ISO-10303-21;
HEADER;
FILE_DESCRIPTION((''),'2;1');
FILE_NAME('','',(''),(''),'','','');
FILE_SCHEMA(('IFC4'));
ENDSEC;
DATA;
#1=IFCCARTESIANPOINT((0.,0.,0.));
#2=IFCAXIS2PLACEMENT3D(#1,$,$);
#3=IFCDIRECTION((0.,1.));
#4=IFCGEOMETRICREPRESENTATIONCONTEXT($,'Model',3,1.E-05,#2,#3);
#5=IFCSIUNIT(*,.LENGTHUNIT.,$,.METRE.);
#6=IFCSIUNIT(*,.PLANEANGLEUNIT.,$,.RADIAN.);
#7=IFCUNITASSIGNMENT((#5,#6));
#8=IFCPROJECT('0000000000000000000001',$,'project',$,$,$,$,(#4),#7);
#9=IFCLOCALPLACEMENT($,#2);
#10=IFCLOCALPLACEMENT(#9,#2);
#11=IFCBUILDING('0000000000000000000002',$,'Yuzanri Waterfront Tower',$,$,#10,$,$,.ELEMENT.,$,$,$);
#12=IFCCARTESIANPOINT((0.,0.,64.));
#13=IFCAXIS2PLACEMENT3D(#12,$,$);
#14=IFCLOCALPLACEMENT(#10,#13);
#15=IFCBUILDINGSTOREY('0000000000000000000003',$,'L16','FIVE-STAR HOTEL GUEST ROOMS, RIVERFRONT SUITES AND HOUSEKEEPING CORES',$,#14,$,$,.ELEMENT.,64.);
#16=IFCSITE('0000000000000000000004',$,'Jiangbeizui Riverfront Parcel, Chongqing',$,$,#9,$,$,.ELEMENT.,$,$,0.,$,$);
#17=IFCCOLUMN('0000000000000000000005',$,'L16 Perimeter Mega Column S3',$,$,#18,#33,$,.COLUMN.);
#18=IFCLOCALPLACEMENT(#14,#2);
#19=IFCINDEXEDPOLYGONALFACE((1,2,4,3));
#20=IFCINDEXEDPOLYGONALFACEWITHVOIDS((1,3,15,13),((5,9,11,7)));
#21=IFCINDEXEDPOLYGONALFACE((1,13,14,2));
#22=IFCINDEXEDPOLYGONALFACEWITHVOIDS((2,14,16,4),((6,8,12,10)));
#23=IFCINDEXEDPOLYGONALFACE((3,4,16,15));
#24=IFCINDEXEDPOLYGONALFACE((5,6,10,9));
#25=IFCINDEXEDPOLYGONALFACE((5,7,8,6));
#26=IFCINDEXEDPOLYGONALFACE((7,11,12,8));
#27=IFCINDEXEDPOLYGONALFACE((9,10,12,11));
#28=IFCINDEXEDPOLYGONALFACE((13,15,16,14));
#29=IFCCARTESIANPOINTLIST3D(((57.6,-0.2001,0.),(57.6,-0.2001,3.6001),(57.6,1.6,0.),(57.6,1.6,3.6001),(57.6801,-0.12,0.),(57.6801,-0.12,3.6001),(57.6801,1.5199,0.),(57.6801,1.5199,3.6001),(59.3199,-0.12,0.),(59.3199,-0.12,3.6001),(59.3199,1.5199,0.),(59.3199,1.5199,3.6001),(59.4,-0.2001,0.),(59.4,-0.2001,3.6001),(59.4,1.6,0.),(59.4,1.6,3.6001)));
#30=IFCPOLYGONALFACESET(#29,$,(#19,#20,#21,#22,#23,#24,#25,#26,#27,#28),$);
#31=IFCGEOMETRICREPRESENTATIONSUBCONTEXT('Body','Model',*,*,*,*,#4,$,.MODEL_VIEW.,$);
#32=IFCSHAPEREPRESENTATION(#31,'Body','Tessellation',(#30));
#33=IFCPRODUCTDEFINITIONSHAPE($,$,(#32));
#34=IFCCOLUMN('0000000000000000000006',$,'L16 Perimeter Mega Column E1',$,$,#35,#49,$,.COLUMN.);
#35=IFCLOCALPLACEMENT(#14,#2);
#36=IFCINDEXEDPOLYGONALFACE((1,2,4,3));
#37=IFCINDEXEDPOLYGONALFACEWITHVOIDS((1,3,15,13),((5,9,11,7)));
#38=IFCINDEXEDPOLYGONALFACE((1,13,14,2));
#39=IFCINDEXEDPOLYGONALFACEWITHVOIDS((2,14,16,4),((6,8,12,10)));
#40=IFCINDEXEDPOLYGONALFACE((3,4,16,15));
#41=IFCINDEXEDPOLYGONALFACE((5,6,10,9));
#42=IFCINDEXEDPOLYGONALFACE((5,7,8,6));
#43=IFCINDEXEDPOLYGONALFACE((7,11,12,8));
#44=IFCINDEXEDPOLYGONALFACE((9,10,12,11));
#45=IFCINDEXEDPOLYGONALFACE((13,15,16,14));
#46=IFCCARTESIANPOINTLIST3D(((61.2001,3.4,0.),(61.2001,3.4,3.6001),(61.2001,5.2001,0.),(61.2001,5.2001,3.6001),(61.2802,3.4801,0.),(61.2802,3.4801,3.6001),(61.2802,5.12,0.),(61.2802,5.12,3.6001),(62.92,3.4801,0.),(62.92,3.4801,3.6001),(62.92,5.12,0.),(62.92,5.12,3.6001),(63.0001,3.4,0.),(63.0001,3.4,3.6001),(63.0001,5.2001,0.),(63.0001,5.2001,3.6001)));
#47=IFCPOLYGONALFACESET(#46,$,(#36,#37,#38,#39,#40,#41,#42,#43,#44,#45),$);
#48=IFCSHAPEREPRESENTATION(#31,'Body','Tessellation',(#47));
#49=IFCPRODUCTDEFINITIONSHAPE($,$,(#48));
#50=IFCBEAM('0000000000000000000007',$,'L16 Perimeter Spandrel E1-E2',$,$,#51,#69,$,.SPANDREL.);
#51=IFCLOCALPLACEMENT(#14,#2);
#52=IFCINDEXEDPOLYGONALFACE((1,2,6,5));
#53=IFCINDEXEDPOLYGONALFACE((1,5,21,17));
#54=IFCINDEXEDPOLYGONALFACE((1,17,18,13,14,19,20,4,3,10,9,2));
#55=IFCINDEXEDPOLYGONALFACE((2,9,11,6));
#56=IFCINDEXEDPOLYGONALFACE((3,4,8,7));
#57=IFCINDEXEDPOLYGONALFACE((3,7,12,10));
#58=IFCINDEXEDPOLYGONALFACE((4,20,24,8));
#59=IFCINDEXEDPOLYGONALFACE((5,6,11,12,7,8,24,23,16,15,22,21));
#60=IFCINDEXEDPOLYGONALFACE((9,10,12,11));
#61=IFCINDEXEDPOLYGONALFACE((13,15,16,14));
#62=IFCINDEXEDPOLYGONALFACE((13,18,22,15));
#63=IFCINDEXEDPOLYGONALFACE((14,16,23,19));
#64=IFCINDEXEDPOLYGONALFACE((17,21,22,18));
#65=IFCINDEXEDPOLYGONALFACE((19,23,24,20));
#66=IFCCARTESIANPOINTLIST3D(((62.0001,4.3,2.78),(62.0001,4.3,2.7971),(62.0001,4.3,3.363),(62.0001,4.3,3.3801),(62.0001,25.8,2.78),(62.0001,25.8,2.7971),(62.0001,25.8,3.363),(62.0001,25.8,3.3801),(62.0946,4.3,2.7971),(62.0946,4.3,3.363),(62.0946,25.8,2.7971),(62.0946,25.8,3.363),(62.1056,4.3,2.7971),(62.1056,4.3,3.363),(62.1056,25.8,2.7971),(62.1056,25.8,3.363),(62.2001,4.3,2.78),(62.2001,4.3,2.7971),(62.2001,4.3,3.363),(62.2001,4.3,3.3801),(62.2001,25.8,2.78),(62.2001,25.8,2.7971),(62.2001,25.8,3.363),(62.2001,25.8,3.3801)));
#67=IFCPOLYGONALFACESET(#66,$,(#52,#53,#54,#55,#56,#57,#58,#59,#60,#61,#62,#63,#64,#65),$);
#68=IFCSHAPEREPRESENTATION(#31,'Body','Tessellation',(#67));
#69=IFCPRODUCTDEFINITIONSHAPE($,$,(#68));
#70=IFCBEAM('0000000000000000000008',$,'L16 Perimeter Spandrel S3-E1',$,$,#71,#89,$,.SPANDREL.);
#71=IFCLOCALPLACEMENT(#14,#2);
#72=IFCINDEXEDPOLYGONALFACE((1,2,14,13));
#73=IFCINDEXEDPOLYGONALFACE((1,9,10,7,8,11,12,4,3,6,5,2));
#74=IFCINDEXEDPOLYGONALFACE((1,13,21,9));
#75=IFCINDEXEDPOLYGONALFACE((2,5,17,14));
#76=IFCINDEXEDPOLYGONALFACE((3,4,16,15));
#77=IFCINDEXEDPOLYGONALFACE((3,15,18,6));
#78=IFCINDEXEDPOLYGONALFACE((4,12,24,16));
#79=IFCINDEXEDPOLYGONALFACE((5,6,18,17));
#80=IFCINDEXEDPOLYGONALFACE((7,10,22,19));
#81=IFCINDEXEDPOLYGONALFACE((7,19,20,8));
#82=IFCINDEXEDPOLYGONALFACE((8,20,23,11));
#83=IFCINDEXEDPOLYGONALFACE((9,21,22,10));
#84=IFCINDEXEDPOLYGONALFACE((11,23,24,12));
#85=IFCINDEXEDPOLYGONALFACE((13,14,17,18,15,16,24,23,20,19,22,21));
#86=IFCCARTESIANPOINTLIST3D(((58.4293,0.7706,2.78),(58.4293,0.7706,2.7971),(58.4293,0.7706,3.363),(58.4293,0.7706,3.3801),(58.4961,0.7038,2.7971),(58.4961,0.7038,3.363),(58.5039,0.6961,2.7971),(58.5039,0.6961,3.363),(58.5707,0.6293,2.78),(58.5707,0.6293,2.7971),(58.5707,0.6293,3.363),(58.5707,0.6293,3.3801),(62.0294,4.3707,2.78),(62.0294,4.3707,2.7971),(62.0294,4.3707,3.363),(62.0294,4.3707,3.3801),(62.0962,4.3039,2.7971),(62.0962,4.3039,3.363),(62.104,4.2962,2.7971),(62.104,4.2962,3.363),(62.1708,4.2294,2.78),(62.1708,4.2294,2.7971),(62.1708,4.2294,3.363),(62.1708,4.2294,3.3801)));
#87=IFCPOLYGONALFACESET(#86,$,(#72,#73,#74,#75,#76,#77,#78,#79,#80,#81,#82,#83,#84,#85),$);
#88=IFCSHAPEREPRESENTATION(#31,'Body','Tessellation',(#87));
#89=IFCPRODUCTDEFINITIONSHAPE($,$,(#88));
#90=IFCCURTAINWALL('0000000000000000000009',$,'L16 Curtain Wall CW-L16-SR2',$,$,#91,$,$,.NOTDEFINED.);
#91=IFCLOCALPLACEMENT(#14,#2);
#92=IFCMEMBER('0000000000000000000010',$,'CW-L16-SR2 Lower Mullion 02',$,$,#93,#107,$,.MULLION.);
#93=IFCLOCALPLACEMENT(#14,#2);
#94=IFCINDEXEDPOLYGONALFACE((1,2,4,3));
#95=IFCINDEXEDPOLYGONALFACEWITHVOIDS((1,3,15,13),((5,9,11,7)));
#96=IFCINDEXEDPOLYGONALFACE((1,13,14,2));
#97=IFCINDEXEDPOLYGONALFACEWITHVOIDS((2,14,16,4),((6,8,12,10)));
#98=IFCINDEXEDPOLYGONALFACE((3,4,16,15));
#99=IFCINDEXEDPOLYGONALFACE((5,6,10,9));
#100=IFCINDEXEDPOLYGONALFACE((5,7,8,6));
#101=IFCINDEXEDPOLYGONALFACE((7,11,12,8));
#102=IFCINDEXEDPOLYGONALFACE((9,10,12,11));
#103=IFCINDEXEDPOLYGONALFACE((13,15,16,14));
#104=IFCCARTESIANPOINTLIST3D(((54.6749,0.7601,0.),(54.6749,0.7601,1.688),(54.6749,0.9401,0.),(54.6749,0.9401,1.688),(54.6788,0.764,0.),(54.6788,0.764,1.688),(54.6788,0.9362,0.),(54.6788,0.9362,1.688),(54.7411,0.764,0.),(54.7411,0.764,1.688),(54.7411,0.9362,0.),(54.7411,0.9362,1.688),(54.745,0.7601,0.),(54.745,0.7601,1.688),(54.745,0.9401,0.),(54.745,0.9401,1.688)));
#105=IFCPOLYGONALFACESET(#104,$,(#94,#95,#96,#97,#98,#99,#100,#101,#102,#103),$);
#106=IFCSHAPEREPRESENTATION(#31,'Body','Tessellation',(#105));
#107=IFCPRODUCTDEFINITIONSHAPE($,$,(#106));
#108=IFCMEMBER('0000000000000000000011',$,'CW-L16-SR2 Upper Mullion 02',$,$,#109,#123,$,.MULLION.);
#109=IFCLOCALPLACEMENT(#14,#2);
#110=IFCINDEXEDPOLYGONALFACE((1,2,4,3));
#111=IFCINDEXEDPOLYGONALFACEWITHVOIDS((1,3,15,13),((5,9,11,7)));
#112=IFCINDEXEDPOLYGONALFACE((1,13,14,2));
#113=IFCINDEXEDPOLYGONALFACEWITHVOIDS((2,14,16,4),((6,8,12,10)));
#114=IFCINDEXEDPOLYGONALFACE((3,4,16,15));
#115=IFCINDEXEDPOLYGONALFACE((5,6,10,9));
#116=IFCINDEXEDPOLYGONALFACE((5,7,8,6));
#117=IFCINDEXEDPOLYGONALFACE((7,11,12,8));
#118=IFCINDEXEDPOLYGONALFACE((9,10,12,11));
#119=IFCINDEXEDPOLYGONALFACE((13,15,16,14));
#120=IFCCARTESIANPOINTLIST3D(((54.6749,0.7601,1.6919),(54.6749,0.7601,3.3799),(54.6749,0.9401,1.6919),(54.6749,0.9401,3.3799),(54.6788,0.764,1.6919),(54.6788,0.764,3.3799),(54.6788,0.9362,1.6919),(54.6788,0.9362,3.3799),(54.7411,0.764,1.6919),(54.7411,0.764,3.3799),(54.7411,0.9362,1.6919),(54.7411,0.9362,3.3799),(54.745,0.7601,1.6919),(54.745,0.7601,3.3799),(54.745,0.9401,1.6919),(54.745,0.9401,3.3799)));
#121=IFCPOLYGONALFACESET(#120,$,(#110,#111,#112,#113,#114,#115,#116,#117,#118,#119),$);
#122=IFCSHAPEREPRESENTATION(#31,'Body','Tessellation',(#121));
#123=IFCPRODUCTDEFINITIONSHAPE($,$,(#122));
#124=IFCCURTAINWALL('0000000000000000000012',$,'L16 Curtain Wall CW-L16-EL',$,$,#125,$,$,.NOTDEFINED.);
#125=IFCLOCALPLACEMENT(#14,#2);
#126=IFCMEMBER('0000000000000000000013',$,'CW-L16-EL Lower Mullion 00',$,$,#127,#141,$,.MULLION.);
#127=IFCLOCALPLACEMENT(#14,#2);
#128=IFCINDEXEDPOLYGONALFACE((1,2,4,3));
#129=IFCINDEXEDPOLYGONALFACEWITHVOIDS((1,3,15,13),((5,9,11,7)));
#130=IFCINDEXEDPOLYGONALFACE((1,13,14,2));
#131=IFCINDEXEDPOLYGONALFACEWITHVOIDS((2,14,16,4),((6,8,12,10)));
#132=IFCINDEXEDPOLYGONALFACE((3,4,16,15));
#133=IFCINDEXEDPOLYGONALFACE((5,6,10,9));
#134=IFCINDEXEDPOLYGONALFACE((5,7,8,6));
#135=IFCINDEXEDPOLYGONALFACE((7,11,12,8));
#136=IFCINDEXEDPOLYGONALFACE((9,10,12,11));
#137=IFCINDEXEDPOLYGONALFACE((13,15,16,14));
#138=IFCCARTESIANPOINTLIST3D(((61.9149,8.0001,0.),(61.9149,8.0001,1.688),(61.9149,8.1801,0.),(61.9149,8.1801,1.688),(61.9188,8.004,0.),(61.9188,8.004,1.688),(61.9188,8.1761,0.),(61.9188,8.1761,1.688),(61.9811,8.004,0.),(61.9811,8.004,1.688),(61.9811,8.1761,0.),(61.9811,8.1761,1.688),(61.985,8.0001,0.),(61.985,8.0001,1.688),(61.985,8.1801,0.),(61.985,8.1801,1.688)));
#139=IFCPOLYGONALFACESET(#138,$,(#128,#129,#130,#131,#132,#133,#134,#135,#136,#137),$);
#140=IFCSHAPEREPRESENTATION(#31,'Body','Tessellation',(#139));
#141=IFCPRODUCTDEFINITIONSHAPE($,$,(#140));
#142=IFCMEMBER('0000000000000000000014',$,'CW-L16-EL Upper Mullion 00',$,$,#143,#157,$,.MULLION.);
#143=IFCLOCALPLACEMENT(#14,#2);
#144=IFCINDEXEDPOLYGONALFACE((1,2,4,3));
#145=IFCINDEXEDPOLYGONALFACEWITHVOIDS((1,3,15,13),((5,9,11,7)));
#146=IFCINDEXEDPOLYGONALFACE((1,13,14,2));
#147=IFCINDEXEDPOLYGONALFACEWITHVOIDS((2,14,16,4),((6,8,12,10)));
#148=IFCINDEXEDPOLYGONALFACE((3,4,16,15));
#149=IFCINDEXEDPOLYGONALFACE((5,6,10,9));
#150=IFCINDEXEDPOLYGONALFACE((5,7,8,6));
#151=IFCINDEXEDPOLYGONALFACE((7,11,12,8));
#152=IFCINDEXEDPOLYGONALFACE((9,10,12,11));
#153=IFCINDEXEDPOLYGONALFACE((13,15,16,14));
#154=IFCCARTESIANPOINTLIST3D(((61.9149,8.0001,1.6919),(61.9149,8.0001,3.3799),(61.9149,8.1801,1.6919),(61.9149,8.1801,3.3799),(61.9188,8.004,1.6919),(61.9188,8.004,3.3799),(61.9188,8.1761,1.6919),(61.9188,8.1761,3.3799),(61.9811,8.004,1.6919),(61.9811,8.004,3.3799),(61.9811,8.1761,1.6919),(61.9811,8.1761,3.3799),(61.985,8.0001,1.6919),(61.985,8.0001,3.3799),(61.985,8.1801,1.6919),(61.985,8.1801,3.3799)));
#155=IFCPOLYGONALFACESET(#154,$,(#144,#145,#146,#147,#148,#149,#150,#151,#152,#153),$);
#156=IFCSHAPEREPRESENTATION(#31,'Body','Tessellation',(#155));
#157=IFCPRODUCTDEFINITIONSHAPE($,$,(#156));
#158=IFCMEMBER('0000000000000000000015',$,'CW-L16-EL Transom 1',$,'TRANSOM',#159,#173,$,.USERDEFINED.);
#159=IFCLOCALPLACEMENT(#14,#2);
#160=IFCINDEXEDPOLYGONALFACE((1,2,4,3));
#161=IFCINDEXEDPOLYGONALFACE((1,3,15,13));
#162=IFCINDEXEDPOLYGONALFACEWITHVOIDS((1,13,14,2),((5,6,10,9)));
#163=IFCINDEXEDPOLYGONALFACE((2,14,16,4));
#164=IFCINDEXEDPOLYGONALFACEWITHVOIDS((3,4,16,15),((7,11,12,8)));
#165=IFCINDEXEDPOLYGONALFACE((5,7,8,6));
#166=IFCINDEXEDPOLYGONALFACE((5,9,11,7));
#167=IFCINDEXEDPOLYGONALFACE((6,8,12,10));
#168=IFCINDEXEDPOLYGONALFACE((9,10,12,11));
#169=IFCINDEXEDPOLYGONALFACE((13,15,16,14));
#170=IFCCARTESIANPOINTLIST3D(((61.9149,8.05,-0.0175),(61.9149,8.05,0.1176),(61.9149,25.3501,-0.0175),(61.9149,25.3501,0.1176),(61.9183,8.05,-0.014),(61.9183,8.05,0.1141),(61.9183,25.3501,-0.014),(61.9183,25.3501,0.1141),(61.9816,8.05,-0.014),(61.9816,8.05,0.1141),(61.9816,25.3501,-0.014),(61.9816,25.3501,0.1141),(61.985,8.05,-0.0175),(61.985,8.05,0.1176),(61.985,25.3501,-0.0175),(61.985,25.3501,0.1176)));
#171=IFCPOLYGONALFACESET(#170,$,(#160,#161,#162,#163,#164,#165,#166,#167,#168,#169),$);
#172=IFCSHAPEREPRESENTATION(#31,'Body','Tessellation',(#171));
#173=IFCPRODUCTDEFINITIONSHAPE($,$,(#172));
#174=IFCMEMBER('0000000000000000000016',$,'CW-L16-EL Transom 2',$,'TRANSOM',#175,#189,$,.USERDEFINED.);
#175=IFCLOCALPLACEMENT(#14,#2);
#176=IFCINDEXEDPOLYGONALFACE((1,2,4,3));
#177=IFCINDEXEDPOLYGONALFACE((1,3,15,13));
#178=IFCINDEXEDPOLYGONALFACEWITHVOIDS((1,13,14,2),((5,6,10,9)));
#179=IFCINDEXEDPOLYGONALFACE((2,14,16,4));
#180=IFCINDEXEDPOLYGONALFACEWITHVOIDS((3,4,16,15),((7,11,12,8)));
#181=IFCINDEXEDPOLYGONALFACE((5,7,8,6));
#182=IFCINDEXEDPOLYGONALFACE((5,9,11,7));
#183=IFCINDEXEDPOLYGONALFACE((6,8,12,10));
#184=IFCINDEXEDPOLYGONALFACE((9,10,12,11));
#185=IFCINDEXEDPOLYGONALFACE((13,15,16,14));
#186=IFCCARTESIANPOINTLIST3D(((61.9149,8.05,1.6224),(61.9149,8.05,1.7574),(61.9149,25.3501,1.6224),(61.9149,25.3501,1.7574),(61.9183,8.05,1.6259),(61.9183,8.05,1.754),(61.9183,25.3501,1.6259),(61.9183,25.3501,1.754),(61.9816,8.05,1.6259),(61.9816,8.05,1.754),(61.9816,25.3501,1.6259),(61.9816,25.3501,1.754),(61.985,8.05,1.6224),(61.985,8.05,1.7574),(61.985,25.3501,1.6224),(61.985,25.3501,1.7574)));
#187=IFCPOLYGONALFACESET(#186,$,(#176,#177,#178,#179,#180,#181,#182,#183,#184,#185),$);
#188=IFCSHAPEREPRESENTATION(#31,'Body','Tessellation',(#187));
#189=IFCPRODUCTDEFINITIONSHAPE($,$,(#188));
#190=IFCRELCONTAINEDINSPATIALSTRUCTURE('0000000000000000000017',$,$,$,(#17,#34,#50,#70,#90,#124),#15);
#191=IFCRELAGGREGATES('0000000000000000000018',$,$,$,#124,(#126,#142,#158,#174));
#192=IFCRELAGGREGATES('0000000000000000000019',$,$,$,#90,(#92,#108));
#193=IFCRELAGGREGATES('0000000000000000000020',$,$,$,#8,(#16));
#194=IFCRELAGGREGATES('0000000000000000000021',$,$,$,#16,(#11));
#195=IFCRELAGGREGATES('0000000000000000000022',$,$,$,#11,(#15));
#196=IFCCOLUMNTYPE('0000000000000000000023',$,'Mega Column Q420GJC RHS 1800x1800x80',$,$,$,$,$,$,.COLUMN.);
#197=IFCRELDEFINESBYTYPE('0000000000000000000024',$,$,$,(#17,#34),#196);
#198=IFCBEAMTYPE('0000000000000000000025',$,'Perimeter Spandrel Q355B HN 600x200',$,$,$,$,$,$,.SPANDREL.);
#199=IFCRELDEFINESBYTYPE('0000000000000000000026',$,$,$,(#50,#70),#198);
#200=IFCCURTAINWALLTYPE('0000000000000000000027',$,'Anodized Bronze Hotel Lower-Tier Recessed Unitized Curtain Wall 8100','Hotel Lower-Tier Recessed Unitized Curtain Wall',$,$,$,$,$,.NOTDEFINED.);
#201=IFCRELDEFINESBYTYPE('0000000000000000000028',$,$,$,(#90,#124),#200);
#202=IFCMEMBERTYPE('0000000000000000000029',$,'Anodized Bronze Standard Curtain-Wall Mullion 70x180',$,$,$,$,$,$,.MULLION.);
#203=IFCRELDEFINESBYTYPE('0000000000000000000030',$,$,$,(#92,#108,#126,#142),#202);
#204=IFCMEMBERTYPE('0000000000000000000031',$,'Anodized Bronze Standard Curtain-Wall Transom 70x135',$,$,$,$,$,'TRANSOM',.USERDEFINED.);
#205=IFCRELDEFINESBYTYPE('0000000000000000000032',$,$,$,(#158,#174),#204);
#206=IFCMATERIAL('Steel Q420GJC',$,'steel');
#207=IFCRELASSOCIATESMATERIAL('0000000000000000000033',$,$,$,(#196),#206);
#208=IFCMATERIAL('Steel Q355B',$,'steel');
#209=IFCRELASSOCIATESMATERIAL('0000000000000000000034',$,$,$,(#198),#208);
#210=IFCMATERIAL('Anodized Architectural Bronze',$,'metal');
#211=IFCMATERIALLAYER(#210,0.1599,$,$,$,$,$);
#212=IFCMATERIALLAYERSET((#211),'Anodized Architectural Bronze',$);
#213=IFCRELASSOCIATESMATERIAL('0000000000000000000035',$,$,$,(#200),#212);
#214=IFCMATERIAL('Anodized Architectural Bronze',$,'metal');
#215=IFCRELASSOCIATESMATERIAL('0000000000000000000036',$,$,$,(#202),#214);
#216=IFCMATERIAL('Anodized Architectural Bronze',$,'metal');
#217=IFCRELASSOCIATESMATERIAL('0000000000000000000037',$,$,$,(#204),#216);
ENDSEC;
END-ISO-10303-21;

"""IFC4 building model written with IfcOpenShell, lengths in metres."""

from ifc_helpers import new_model, si_unit, direction, frame, origin, origin_2d, place, context, subcontext, project, spatial, hollow_rectangle, i_section, extrude, source, transform, mapped, material, layer, layer_set, material_profile, profile_set, type_object, element, aggregate, save


model = new_model("IFC4")

# Units and contexts
model_context = context("Model", 3, precision=1e-05, world=origin(), true_north=direction((0.0, 1.0)))
body_context = subcontext(model_context, "Body", "Model", "MODEL_VIEW")
ifc_project = project(units=[si_unit("LENGTHUNIT", "METRE"), si_unit("PLANEANGLEUNIT", "RADIAN")], contexts=[model_context])

# Site, building, storey
site_placement = place(None, origin())
site = spatial("IfcSite", under=ifc_project, at=site_placement, Name="Jiangbeizui Riverfront Parcel, Chongqing", CompositionType="ELEMENT", RefElevation=0.0)
building_placement = place(site_placement, origin())
building = spatial("IfcBuilding", under=site, at=building_placement, Name="Yuzanri Waterfront Tower", CompositionType="ELEMENT")
storey_placement = place(building_placement, frame((0.0, 0.0, 64.0)))
storey = spatial("IfcBuildingStorey", under=building, at=storey_placement, Name="L16", Description="FIVE-STAR HOTEL GUEST ROOMS, RIVERFRONT SUITES AND HOUSEKEEPING CORES", CompositionType="ELEMENT", Elevation=64.0)

# Columns
ifc_material_1 = material(Name="Steel Q420GJC", Category="steel")
ifc_material_profile_1 = material_profile(ifc_material_1, hollow_rectangle(XDim=1.8, YDim=1.8, WallThickness=0.0801, at=origin_2d()), Name="RHS 1800x1800x80")
ifc_profile_set_1 = profile_set([ifc_material_profile_1], Name="Steel Q420GJC")
column_type = type_object("IfcColumnType", Name="Mega Column Q420GJC RHS 1800x1800x80", PredefinedType="COLUMN", material=ifc_profile_set_1)
shared_shape_1 = source(origin(), body_context, "Body", "SweptSolid", [
    extrude(hollow_rectangle(XDim=1.8, YDim=1.8, WallThickness=0.0801, at=origin_2d()), origin(), (0.0, 0.0, 1.0), 3.6001),
])
for number, where, z_axis, x_axis, name in (
    (1, (58.5, 0.7, 0.0), (0.0, 0.0, 1.0), (1.0, 0.0, 0.0), "L16 Perimeter Mega Column S3"),
    (2, (62.1001, 4.3, 0.0), (0.0, 0.0, 1.0), (1.0, 0.0, 0.0), "L16 Perimeter Mega Column E1"),
):
    element("IfcColumn", number, at=place(storey_placement, frame(where, z_axis=z_axis, x_axis=x_axis)), inside=storey, type_object=column_type, Name=name, PredefinedType="COLUMN", context=body_context, shape_type="MappedRepresentation", body=[
        mapped(shared_shape_1, transform((0.0, 0.0, 0.0), scale=1.0)),
    ])

# Beams
ifc_material_2 = material(Name="Steel Q355B", Category="steel")
ifc_material_profile_2 = material_profile(ifc_material_2, i_section(OverallWidth=0.2, OverallDepth=0.6001, WebThickness=0.011, FlangeThickness=0.0171, at=origin_2d()), Name="HN 600x200x11x17")
ifc_profile_set_2 = profile_set([ifc_material_profile_2], Name="Steel Q355B")
beam_type = type_object("IfcBeamType", Name="Perimeter Spandrel Q355B HN 600x200", PredefinedType="SPANDREL", material=ifc_profile_set_2)
shared_shape_2 = source(origin(), body_context, "Body", "SweptSolid", [
    extrude(i_section(OverallWidth=0.2, OverallDepth=0.6001, WebThickness=0.011, FlangeThickness=0.0171, at=origin_2d()), origin(), (0.0, 0.0, 1.0), 21.5),
])
beam_1_placement = place(storey_placement, frame((62.1001, 4.3, 3.0801), z_axis=(0.0, 1.0, 0.0), x_axis=(-1.0, 0.0, 0.0)))
element("IfcBeam", 3, at=beam_1_placement, inside=storey, type_object=beam_type, Name="L16 Perimeter Spandrel E1-E2", PredefinedType="SPANDREL", context=body_context, shape_type="MappedRepresentation", body=[
    mapped(shared_shape_2, transform((0.0, 0.0, 0.0), scale=1.0)),
])
shared_shape_3 = source(origin(), body_context, "Body", "SweptSolid", [
    extrude(i_section(OverallWidth=0.2, OverallDepth=0.6001, WebThickness=0.011, FlangeThickness=0.0171, at=origin_2d()), origin(), (0.0, 0.0, 1.0), 5.0913),
])
beam_2_placement = place(storey_placement, frame((58.5, 0.7, 3.0801), z_axis=(0.707107, 0.707107, 0.0), x_axis=(-0.707107, 0.707107, 0.0)))
element("IfcBeam", 4, at=beam_2_placement, inside=storey, type_object=beam_type, Name="L16 Perimeter Spandrel S3-E1", PredefinedType="SPANDREL", context=body_context, shape_type="MappedRepresentation", body=[
    mapped(shared_shape_3, transform((0.0, 0.0, 0.0), scale=1.0)),
])

# Curtain walls, members
ifc_material_3 = material(Name="Anodized Architectural Bronze", Category="metal")
ifc_layer_1 = layer(ifc_material_3, 0.1599)
ifc_layer_set_1 = layer_set([ifc_layer_1], Name="Anodized Architectural Bronze")
curtain_wall_type = type_object("IfcCurtainWallType", Name="Anodized Bronze Hotel Lower-Tier Recessed Unitized Curtain Wall 8100", Description="Hotel Lower-Tier Recessed Unitized Curtain Wall", PredefinedType="NOTDEFINED", material=ifc_layer_set_1)
curtain_wall_1_placement = place(storey_placement, origin())
curtain_wall_1 = element("IfcCurtainWall", 5, at=curtain_wall_1_placement, inside=storey, type_object=curtain_wall_type, Name="L16 Curtain Wall CW-L16-SR2", PredefinedType="NOTDEFINED")
ifc_material_4 = material(Name="Anodized Architectural Bronze", Category="metal")
ifc_material_profile_3 = material_profile(ifc_material_4, hollow_rectangle(XDim=0.0701, YDim=0.1799, WallThickness=0.0039, at=origin_2d()), Name="CWM 70x180")
ifc_profile_set_3 = profile_set([ifc_material_profile_3], Name="Anodized Architectural Bronze")
member_type_1 = type_object("IfcMemberType", Name="Anodized Bronze Standard Curtain-Wall Mullion 70x180", PredefinedType="MULLION", material=ifc_profile_set_3)
shared_shape_4 = source(origin(), body_context, "Body", "SweptSolid", [
    extrude(hollow_rectangle(XDim=0.0701, YDim=0.1799, WallThickness=0.0039, at=origin_2d()), origin(), (0.0, 0.0, 1.0), 1.688),
])
member_1_placement = place(storey_placement, frame((54.71, 0.8501, 0.0), z_axis=(0.0, 0.0, 1.0), x_axis=(1.0, 0.0, 0.0)))
member_1 = element("IfcMember", 6, at=member_1_placement, type_object=member_type_1, Name="CW-L16-SR2 Lower Mullion 02", PredefinedType="MULLION", context=body_context, shape_type="MappedRepresentation", body=[
    mapped(shared_shape_4, transform((0.0, 0.0, 0.0), scale=1.0)),
])
member_2_placement = place(storey_placement, frame((54.71, 0.8501, 1.6919), z_axis=(0.0, 0.0, 1.0), x_axis=(1.0, 0.0, 0.0)))
member_2 = element("IfcMember", 7, at=member_2_placement, type_object=member_type_1, Name="CW-L16-SR2 Upper Mullion 02", PredefinedType="MULLION", context=body_context, shape_type="MappedRepresentation", body=[
    mapped(shared_shape_4, transform((0.0, 0.0, 0.0), scale=1.0)),
])
curtain_wall_2_placement = place(storey_placement, origin())
curtain_wall_2 = element("IfcCurtainWall", 8, at=curtain_wall_2_placement, inside=storey, type_object=curtain_wall_type, Name="L16 Curtain Wall CW-L16-EL", PredefinedType="NOTDEFINED")
member_3_placement = place(storey_placement, frame((61.95, 8.0901, 0.0), z_axis=(0.0, 0.0, 1.0), x_axis=(1.0, 0.0, 0.0)))
member_3 = element("IfcMember", 9, at=member_3_placement, type_object=member_type_1, Name="CW-L16-EL Lower Mullion 00", PredefinedType="MULLION", context=body_context, shape_type="MappedRepresentation", body=[
    mapped(shared_shape_4, transform((0.0, 0.0, 0.0), scale=1.0)),
])
member_4_placement = place(storey_placement, frame((61.95, 8.0901, 1.6919), z_axis=(0.0, 0.0, 1.0), x_axis=(1.0, 0.0, 0.0)))
member_4 = element("IfcMember", 10, at=member_4_placement, type_object=member_type_1, Name="CW-L16-EL Upper Mullion 00", PredefinedType="MULLION", context=body_context, shape_type="MappedRepresentation", body=[
    mapped(shared_shape_4, transform((0.0, 0.0, 0.0), scale=1.0)),
])
ifc_material_5 = material(Name="Anodized Architectural Bronze", Category="metal")
ifc_material_profile_4 = material_profile(ifc_material_5, hollow_rectangle(XDim=0.0701, YDim=0.135, WallThickness=0.0034, at=origin_2d()), Name="CWT 70x135")
ifc_profile_set_4 = profile_set([ifc_material_profile_4], Name="Anodized Architectural Bronze")
member_type_2 = type_object("IfcMemberType", Name="Anodized Bronze Standard Curtain-Wall Transom 70x135", ElementType="TRANSOM", PredefinedType="USERDEFINED", material=ifc_profile_set_4)
shared_shape_5 = source(origin(), body_context, "Body", "SweptSolid", [
    extrude(hollow_rectangle(XDim=0.0701, YDim=0.135, WallThickness=0.0034, at=origin_2d()), origin(), (0.0, 0.0, 1.0), 17.3),
])
member_5_placement = place(storey_placement, frame((61.95, 8.05, 0.05), z_axis=(0.0, 1.0, 0.0), x_axis=(-1.0, 0.0, 0.0)))
member_5 = element("IfcMember", 11, at=member_5_placement, type_object=member_type_2, Name="CW-L16-EL Transom 1", ObjectType="TRANSOM", PredefinedType="USERDEFINED", context=body_context, shape_type="MappedRepresentation", body=[
    mapped(shared_shape_5, transform((0.0, 0.0, 0.0), scale=1.0)),
])
member_6_placement = place(storey_placement, frame((61.95, 8.05, 1.6899), z_axis=(0.0, 1.0, 0.0), x_axis=(-1.0, 0.0, 0.0)))
member_6 = element("IfcMember", 12, at=member_6_placement, type_object=member_type_2, Name="CW-L16-EL Transom 2", ObjectType="TRANSOM", PredefinedType="USERDEFINED", context=body_context, shape_type="MappedRepresentation", body=[
    mapped(shared_shape_5, transform((0.0, 0.0, 0.0), scale=1.0)),
])
aggregate(curtain_wall_2, [member_3, member_4, member_5, member_6])

aggregate(curtain_wall_1, [member_1, member_2])

save(model, "model.ifc")
